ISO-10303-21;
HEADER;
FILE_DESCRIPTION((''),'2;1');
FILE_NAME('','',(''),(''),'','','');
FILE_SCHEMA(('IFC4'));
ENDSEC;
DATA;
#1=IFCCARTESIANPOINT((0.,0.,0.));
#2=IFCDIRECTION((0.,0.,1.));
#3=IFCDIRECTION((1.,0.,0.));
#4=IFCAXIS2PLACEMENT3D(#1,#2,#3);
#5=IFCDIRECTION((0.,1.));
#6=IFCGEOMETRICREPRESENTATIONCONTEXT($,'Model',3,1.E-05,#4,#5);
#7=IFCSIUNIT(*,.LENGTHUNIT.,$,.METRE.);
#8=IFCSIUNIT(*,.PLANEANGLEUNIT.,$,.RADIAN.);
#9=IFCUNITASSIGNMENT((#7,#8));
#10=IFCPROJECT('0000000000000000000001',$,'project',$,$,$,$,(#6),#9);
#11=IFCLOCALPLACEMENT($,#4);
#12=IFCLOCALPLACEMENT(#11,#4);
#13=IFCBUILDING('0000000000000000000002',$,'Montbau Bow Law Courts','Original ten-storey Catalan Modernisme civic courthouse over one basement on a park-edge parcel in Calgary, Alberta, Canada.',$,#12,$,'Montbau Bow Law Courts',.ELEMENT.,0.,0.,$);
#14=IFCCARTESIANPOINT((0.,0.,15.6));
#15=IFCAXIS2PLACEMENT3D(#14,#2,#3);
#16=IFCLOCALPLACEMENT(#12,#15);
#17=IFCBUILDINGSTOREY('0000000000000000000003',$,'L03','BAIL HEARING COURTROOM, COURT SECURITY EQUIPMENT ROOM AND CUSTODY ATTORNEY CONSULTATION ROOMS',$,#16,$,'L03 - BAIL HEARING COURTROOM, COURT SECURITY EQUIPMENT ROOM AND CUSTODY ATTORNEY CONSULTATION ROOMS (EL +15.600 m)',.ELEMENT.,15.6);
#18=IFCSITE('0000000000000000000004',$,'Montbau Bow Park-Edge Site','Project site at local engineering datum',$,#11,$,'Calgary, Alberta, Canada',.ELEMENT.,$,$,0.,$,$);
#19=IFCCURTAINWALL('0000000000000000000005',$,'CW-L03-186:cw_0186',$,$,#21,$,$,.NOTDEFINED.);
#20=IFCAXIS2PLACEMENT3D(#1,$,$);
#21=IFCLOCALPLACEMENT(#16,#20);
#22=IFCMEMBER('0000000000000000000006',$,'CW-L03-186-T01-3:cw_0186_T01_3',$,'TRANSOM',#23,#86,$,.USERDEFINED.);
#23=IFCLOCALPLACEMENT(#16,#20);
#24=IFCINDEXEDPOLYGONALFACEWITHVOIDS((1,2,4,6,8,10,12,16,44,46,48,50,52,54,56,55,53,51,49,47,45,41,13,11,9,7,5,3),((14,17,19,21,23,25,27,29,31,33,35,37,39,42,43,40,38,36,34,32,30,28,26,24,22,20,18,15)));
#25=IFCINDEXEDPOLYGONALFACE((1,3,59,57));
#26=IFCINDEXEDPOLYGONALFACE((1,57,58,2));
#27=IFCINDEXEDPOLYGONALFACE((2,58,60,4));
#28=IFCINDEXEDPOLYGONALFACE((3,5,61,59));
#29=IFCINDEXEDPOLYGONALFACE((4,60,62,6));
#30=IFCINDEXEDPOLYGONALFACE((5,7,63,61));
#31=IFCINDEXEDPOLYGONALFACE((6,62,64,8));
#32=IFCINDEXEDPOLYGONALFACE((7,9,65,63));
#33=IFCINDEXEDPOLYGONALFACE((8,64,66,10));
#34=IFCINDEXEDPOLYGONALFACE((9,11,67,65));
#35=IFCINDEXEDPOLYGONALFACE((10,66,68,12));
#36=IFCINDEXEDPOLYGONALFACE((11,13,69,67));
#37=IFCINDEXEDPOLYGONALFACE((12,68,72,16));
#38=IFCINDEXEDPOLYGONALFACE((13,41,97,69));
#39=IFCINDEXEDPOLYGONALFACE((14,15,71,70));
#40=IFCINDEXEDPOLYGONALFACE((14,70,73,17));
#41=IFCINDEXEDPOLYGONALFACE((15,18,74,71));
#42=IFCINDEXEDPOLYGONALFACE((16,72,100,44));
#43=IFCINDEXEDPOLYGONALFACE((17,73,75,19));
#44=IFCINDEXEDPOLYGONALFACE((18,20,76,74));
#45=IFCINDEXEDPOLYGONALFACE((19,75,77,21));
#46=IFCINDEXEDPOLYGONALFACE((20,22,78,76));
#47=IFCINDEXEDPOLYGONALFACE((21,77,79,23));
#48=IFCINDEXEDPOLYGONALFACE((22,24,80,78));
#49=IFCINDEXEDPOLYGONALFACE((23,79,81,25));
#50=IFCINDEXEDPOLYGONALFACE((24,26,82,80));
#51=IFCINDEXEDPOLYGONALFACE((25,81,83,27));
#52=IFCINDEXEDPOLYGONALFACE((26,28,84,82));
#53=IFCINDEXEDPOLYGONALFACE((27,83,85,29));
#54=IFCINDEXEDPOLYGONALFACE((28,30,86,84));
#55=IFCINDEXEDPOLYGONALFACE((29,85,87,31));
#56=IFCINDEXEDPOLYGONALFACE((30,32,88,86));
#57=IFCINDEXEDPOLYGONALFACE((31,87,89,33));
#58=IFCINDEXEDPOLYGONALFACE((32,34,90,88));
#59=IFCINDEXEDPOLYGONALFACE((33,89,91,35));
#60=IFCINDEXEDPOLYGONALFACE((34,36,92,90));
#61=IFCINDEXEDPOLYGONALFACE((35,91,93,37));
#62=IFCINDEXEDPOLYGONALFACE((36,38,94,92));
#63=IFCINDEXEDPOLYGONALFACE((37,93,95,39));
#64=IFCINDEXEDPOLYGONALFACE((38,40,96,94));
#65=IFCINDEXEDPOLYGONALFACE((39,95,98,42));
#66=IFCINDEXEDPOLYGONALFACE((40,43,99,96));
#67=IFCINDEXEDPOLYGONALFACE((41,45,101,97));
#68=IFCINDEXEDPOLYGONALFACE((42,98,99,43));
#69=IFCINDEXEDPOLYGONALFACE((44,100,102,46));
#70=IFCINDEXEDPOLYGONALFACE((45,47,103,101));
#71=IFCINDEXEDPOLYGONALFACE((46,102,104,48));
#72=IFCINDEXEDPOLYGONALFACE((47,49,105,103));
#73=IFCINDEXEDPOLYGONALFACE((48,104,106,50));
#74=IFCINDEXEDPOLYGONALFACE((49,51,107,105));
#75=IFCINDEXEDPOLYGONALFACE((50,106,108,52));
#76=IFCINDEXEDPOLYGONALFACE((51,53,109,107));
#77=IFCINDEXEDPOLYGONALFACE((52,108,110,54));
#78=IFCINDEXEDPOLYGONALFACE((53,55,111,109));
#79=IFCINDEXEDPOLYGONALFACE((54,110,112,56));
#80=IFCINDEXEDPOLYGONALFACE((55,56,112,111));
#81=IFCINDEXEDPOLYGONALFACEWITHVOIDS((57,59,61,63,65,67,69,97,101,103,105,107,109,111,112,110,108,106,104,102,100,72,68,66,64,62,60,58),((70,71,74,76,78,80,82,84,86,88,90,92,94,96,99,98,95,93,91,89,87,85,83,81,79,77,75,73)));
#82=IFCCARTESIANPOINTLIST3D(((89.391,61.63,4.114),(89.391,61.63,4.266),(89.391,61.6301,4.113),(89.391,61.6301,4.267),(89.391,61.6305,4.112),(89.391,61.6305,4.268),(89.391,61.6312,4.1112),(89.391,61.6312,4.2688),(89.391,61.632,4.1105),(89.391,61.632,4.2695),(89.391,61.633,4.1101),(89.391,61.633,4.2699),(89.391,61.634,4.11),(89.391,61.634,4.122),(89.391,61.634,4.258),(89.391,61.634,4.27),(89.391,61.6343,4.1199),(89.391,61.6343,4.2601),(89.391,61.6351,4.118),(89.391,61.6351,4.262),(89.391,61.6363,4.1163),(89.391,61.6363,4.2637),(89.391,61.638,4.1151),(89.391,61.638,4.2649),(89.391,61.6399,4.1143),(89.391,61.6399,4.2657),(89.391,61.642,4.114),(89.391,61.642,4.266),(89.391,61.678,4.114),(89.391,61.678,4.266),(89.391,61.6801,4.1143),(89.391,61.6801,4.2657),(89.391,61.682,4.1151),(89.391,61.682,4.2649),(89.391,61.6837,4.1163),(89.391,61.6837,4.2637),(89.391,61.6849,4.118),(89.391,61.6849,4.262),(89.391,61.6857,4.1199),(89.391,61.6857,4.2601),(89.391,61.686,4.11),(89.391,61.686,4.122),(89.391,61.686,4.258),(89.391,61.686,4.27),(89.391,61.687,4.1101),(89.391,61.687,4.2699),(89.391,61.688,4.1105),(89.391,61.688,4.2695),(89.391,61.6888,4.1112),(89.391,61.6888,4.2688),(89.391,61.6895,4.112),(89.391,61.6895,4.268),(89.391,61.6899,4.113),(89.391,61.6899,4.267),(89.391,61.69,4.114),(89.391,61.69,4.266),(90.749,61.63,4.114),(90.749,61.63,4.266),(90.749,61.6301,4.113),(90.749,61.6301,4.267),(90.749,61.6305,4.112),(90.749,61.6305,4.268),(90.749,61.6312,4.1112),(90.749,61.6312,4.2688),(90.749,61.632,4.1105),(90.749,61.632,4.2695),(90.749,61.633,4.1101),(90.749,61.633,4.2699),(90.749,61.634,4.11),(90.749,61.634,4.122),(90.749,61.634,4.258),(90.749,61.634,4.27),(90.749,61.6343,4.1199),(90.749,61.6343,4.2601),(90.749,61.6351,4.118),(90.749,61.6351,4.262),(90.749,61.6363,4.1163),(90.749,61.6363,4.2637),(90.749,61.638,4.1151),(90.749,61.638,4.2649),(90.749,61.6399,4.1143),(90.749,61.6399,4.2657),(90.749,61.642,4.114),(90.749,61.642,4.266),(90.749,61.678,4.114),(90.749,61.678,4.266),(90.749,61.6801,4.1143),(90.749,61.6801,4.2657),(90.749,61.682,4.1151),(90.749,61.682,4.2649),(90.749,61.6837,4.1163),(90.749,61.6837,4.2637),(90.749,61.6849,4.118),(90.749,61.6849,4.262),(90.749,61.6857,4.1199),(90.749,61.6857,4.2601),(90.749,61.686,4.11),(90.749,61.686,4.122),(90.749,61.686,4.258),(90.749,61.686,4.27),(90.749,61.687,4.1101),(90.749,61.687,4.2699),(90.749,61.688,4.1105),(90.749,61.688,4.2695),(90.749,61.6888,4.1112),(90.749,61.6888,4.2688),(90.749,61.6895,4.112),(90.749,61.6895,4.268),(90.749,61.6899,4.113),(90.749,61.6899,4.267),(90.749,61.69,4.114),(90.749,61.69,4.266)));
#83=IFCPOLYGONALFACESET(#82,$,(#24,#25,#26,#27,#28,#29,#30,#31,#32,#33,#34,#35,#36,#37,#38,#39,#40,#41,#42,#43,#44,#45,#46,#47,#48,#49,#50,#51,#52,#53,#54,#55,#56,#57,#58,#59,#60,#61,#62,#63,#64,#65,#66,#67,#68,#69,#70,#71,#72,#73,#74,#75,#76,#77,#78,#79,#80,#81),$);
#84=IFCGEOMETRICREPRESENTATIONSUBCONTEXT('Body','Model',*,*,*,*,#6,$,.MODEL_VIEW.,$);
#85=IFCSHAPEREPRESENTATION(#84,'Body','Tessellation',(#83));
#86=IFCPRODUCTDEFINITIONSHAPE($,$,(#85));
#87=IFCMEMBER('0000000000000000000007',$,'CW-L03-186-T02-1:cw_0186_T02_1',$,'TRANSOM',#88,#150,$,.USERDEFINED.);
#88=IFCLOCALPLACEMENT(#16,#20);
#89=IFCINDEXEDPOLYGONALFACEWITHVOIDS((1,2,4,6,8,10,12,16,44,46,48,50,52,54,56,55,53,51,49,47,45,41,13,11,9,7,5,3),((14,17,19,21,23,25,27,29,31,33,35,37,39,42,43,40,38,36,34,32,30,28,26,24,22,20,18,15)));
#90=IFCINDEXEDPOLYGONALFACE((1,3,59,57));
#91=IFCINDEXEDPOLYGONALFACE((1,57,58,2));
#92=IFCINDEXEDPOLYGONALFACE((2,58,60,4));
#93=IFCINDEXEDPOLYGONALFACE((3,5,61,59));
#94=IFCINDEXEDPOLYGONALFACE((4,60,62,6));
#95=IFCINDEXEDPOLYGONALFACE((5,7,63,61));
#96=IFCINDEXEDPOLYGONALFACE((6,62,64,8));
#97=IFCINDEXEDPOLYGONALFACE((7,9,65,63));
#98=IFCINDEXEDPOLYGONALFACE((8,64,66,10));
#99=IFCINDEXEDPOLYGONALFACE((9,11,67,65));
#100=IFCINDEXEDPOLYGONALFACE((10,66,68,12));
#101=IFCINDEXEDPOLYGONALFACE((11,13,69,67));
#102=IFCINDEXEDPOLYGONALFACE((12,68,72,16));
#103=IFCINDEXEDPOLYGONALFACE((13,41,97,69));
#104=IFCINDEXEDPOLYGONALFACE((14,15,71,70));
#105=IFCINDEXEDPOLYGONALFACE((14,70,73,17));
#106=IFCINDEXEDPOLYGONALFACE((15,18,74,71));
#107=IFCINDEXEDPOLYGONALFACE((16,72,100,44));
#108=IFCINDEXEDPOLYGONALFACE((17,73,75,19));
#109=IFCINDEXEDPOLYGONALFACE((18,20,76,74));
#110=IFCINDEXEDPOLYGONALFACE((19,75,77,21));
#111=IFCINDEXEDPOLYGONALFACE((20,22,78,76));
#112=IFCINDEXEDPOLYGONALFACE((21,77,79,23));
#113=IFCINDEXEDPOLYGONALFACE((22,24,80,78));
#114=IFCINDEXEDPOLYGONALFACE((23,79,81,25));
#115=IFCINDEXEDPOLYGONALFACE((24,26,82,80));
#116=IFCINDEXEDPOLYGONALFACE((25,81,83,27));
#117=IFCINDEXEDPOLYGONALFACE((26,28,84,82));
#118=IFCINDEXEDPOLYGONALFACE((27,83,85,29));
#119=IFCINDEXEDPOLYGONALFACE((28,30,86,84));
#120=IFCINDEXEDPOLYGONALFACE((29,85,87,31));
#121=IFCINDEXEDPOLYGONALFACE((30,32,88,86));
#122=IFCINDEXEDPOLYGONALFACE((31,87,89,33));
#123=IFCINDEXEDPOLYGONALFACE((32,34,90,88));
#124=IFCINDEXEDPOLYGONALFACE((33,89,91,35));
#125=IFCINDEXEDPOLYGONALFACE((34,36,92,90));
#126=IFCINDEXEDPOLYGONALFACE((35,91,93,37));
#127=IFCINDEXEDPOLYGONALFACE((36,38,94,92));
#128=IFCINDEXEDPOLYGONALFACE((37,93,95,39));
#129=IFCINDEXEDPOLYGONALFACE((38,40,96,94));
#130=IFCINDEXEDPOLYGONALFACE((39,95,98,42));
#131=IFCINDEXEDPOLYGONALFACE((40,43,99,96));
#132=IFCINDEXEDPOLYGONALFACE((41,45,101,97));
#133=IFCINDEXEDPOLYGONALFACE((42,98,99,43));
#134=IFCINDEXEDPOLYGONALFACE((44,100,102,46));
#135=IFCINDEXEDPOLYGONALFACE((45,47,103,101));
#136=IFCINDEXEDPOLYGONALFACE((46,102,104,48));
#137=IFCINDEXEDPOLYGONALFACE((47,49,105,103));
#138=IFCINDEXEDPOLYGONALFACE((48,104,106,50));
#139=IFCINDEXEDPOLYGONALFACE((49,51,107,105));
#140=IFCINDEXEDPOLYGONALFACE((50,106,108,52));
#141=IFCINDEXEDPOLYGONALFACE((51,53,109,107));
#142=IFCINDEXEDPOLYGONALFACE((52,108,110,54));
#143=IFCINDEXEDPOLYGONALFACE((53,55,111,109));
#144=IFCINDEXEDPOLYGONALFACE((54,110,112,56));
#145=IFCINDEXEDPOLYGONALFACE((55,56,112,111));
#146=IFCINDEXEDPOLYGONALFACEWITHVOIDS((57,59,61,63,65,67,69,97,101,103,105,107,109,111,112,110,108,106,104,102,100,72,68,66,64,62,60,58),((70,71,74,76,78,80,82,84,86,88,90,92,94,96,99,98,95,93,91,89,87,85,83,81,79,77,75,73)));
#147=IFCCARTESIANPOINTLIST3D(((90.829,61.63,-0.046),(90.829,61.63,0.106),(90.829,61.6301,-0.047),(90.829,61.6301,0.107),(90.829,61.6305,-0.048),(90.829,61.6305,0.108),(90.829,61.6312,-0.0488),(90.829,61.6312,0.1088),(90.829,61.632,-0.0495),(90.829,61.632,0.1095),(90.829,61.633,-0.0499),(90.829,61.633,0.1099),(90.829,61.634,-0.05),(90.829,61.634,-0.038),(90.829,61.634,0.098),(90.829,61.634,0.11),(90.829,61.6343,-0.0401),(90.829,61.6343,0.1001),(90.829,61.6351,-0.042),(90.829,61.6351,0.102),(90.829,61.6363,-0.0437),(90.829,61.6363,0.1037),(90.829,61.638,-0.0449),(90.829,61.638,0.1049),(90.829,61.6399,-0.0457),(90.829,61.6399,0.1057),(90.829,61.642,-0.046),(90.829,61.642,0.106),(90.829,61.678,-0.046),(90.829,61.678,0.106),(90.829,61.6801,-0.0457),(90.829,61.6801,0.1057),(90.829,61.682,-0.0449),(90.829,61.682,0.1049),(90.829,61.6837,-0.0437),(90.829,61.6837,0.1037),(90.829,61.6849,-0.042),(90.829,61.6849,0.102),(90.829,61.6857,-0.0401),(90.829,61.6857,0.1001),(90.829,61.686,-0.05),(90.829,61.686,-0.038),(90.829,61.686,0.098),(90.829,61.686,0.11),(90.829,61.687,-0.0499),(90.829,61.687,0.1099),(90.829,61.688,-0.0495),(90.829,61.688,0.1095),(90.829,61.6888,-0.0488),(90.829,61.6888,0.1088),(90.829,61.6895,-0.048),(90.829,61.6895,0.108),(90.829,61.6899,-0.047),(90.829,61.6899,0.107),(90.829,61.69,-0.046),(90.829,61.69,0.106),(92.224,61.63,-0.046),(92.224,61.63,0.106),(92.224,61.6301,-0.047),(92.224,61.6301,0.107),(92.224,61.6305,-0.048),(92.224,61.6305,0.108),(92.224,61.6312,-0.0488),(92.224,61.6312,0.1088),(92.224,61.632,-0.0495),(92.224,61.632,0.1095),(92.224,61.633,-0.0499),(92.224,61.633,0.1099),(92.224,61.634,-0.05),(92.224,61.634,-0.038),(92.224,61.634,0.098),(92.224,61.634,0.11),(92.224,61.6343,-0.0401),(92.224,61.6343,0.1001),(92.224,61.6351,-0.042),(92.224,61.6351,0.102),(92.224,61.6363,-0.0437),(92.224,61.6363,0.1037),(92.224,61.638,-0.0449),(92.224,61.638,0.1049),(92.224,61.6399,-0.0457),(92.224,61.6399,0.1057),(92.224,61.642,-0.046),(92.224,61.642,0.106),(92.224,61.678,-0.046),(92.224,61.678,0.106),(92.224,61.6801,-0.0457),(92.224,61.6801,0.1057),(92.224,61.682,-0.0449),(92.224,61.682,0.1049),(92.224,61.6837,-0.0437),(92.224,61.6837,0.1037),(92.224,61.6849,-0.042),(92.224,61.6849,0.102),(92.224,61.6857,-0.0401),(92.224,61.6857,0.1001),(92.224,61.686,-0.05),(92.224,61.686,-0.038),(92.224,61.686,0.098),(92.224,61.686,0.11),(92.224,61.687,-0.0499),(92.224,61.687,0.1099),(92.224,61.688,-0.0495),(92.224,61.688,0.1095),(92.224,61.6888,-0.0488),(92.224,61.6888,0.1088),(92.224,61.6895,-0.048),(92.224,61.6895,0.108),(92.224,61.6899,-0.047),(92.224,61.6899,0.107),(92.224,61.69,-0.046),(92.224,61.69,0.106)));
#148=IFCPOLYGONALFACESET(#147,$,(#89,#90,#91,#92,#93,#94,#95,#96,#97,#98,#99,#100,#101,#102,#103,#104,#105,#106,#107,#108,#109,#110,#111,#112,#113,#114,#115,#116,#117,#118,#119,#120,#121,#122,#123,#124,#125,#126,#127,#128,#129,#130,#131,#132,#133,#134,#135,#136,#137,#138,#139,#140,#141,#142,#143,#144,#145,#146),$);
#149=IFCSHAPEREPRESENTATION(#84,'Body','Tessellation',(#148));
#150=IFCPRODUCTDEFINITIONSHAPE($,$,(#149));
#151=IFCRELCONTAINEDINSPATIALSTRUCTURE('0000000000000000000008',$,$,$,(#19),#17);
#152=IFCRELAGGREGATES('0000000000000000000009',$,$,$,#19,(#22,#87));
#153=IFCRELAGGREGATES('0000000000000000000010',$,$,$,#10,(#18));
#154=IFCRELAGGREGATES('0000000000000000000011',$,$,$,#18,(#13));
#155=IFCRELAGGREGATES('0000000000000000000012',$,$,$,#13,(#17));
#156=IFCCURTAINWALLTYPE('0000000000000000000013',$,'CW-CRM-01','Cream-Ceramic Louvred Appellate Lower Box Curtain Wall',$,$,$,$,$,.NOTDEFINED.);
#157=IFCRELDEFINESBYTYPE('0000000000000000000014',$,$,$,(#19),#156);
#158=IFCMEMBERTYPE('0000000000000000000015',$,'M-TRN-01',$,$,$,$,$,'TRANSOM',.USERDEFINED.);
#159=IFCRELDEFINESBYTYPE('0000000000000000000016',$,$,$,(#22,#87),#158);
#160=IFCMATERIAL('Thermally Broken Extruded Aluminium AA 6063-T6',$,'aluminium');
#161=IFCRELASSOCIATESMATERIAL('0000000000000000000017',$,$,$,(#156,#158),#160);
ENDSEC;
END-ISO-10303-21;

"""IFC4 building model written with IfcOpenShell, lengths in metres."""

from ifc_helpers import new_model, si_unit, direction, frame, origin_with_axes, origin_2d_with_axis, place, context, subcontext, project, spatial, hollow_rectangle, extrude, material, material_profile, profile_set, type_object, element, aggregate, save


model = new_model("IFC4")

# Units and contexts
model_context = context("Model", 3, precision=1e-05, world=origin_with_axes(), true_north=direction((0.0, 1.0)))
body_context = subcontext(model_context, "Body", "Model", "MODEL_VIEW")
ifc_project = project(units=[si_unit("LENGTHUNIT", "METRE"), si_unit("PLANEANGLEUNIT", "RADIAN")], contexts=[model_context])

# Site, building, storey
site_placement = place(None, origin_with_axes())
site = spatial("IfcSite", under=ifc_project, at=site_placement, Name="Montbau Bow Park-Edge Site", Description="Project site at local engineering datum", LongName="Calgary, Alberta, Canada", CompositionType="ELEMENT", RefElevation=0.0)
building_placement = place(site_placement, origin_with_axes())
building = spatial("IfcBuilding", under=site, at=building_placement, Name="Montbau Bow Law Courts", Description="Original ten-storey Catalan Modernisme civic courthouse over one basement on a park-edge parcel in Calgary, Alberta, Canada.", LongName="Montbau Bow Law Courts", CompositionType="ELEMENT", ElevationOfRefHeight=0.0, ElevationOfTerrain=0.0)
storey_placement = place(building_placement, frame((0.0, 0.0, 15.6), z_axis=(0.0, 0.0, 1.0), x_axis=(1.0, 0.0, 0.0)))
storey = spatial("IfcBuildingStorey", under=building, at=storey_placement, Name="L03", Description="BAIL HEARING COURTROOM, COURT SECURITY EQUIPMENT ROOM AND CUSTODY ATTORNEY CONSULTATION ROOMS", LongName="L03 - BAIL HEARING COURTROOM, COURT SECURITY EQUIPMENT ROOM AND CUSTODY ATTORNEY CONSULTATION ROOMS (EL +15.600 m)", CompositionType="ELEMENT", Elevation=15.6)

# Curtain wall, members
ifc_material_1 = material(Name="Thermally Broken Extruded Aluminium AA 6063-T6", Category="aluminium")
curtain_wall_type = type_object("IfcCurtainWallType", Name="CW-CRM-01", Description="Cream-Ceramic Louvred Appellate Lower Box Curtain Wall", PredefinedType="NOTDEFINED", material=ifc_material_1)
curtain_wall_placement = place(None, frame((89.315, 61.66, 15.6), z_axis=(0.0, 0.0, 1.0), x_axis=(1.0, 0.0, 0.0)))
curtain_wall = element("IfcCurtainWall", 1, at=curtain_wall_placement, inside=storey, type_object=curtain_wall_type, Name="CW-L03-186:cw_0186", PredefinedType="NOTDEFINED")
ifc_material_profile_1 = material_profile(ifc_material_1, hollow_rectangle(XDim=0.06, YDim=0.16, WallThickness=0.004, InnerFilletRadius=0.008, OuterFilletRadius=0.004, at=origin_2d_with_axis()), Name="CWT-160X60", Category="Main", Priority=0)
ifc_profile_set_1 = profile_set([ifc_material_profile_1], Name="Thermally Broken Extruded Aluminium AA 6063-T6")
member_type_1 = type_object("IfcMemberType", Name="M-TRN-01", ElementType="TRANSOM", PredefinedType="USERDEFINED", material=ifc_profile_set_1)
member_1_placement = place(None, frame((89.391, 61.66, 19.79), z_axis=(1.0, 0.0, 0.0), x_axis=(0.0, 1.0, 0.0)))
member_1 = element("IfcMember", 2, at=member_1_placement, type_object=member_type_1, Name="CW-L03-186-T01-3:cw_0186_T01_3", ObjectType="TRANSOM", PredefinedType="USERDEFINED", context=body_context, shape_type="SweptSolid", body=[
    extrude(hollow_rectangle(XDim=0.06, YDim=0.16, WallThickness=0.004, InnerFilletRadius=0.008, OuterFilletRadius=0.004, at=origin_2d_with_axis()), origin_with_axes(), (0.0, 0.0, 1.0), 1.358),
])
member_2_placement = place(None, frame((90.829, 61.66, 15.63), z_axis=(1.0, 0.0, 0.0), x_axis=(0.0, 1.0, 0.0)))
member_2 = element("IfcMember", 3, at=member_2_placement, type_object=member_type_1, Name="CW-L03-186-T02-1:cw_0186_T02_1", ObjectType="TRANSOM", PredefinedType="USERDEFINED", context=body_context, shape_type="SweptSolid", body=[
    extrude(hollow_rectangle(XDim=0.06, YDim=0.16, WallThickness=0.004, InnerFilletRadius=0.008, OuterFilletRadius=0.004, at=origin_2d_with_axis()), origin_with_axes(), (0.0, 0.0, 1.0), 1.395),
])
aggregate(curtain_wall, [member_1, member_2])

save(model, "model.ifc")
